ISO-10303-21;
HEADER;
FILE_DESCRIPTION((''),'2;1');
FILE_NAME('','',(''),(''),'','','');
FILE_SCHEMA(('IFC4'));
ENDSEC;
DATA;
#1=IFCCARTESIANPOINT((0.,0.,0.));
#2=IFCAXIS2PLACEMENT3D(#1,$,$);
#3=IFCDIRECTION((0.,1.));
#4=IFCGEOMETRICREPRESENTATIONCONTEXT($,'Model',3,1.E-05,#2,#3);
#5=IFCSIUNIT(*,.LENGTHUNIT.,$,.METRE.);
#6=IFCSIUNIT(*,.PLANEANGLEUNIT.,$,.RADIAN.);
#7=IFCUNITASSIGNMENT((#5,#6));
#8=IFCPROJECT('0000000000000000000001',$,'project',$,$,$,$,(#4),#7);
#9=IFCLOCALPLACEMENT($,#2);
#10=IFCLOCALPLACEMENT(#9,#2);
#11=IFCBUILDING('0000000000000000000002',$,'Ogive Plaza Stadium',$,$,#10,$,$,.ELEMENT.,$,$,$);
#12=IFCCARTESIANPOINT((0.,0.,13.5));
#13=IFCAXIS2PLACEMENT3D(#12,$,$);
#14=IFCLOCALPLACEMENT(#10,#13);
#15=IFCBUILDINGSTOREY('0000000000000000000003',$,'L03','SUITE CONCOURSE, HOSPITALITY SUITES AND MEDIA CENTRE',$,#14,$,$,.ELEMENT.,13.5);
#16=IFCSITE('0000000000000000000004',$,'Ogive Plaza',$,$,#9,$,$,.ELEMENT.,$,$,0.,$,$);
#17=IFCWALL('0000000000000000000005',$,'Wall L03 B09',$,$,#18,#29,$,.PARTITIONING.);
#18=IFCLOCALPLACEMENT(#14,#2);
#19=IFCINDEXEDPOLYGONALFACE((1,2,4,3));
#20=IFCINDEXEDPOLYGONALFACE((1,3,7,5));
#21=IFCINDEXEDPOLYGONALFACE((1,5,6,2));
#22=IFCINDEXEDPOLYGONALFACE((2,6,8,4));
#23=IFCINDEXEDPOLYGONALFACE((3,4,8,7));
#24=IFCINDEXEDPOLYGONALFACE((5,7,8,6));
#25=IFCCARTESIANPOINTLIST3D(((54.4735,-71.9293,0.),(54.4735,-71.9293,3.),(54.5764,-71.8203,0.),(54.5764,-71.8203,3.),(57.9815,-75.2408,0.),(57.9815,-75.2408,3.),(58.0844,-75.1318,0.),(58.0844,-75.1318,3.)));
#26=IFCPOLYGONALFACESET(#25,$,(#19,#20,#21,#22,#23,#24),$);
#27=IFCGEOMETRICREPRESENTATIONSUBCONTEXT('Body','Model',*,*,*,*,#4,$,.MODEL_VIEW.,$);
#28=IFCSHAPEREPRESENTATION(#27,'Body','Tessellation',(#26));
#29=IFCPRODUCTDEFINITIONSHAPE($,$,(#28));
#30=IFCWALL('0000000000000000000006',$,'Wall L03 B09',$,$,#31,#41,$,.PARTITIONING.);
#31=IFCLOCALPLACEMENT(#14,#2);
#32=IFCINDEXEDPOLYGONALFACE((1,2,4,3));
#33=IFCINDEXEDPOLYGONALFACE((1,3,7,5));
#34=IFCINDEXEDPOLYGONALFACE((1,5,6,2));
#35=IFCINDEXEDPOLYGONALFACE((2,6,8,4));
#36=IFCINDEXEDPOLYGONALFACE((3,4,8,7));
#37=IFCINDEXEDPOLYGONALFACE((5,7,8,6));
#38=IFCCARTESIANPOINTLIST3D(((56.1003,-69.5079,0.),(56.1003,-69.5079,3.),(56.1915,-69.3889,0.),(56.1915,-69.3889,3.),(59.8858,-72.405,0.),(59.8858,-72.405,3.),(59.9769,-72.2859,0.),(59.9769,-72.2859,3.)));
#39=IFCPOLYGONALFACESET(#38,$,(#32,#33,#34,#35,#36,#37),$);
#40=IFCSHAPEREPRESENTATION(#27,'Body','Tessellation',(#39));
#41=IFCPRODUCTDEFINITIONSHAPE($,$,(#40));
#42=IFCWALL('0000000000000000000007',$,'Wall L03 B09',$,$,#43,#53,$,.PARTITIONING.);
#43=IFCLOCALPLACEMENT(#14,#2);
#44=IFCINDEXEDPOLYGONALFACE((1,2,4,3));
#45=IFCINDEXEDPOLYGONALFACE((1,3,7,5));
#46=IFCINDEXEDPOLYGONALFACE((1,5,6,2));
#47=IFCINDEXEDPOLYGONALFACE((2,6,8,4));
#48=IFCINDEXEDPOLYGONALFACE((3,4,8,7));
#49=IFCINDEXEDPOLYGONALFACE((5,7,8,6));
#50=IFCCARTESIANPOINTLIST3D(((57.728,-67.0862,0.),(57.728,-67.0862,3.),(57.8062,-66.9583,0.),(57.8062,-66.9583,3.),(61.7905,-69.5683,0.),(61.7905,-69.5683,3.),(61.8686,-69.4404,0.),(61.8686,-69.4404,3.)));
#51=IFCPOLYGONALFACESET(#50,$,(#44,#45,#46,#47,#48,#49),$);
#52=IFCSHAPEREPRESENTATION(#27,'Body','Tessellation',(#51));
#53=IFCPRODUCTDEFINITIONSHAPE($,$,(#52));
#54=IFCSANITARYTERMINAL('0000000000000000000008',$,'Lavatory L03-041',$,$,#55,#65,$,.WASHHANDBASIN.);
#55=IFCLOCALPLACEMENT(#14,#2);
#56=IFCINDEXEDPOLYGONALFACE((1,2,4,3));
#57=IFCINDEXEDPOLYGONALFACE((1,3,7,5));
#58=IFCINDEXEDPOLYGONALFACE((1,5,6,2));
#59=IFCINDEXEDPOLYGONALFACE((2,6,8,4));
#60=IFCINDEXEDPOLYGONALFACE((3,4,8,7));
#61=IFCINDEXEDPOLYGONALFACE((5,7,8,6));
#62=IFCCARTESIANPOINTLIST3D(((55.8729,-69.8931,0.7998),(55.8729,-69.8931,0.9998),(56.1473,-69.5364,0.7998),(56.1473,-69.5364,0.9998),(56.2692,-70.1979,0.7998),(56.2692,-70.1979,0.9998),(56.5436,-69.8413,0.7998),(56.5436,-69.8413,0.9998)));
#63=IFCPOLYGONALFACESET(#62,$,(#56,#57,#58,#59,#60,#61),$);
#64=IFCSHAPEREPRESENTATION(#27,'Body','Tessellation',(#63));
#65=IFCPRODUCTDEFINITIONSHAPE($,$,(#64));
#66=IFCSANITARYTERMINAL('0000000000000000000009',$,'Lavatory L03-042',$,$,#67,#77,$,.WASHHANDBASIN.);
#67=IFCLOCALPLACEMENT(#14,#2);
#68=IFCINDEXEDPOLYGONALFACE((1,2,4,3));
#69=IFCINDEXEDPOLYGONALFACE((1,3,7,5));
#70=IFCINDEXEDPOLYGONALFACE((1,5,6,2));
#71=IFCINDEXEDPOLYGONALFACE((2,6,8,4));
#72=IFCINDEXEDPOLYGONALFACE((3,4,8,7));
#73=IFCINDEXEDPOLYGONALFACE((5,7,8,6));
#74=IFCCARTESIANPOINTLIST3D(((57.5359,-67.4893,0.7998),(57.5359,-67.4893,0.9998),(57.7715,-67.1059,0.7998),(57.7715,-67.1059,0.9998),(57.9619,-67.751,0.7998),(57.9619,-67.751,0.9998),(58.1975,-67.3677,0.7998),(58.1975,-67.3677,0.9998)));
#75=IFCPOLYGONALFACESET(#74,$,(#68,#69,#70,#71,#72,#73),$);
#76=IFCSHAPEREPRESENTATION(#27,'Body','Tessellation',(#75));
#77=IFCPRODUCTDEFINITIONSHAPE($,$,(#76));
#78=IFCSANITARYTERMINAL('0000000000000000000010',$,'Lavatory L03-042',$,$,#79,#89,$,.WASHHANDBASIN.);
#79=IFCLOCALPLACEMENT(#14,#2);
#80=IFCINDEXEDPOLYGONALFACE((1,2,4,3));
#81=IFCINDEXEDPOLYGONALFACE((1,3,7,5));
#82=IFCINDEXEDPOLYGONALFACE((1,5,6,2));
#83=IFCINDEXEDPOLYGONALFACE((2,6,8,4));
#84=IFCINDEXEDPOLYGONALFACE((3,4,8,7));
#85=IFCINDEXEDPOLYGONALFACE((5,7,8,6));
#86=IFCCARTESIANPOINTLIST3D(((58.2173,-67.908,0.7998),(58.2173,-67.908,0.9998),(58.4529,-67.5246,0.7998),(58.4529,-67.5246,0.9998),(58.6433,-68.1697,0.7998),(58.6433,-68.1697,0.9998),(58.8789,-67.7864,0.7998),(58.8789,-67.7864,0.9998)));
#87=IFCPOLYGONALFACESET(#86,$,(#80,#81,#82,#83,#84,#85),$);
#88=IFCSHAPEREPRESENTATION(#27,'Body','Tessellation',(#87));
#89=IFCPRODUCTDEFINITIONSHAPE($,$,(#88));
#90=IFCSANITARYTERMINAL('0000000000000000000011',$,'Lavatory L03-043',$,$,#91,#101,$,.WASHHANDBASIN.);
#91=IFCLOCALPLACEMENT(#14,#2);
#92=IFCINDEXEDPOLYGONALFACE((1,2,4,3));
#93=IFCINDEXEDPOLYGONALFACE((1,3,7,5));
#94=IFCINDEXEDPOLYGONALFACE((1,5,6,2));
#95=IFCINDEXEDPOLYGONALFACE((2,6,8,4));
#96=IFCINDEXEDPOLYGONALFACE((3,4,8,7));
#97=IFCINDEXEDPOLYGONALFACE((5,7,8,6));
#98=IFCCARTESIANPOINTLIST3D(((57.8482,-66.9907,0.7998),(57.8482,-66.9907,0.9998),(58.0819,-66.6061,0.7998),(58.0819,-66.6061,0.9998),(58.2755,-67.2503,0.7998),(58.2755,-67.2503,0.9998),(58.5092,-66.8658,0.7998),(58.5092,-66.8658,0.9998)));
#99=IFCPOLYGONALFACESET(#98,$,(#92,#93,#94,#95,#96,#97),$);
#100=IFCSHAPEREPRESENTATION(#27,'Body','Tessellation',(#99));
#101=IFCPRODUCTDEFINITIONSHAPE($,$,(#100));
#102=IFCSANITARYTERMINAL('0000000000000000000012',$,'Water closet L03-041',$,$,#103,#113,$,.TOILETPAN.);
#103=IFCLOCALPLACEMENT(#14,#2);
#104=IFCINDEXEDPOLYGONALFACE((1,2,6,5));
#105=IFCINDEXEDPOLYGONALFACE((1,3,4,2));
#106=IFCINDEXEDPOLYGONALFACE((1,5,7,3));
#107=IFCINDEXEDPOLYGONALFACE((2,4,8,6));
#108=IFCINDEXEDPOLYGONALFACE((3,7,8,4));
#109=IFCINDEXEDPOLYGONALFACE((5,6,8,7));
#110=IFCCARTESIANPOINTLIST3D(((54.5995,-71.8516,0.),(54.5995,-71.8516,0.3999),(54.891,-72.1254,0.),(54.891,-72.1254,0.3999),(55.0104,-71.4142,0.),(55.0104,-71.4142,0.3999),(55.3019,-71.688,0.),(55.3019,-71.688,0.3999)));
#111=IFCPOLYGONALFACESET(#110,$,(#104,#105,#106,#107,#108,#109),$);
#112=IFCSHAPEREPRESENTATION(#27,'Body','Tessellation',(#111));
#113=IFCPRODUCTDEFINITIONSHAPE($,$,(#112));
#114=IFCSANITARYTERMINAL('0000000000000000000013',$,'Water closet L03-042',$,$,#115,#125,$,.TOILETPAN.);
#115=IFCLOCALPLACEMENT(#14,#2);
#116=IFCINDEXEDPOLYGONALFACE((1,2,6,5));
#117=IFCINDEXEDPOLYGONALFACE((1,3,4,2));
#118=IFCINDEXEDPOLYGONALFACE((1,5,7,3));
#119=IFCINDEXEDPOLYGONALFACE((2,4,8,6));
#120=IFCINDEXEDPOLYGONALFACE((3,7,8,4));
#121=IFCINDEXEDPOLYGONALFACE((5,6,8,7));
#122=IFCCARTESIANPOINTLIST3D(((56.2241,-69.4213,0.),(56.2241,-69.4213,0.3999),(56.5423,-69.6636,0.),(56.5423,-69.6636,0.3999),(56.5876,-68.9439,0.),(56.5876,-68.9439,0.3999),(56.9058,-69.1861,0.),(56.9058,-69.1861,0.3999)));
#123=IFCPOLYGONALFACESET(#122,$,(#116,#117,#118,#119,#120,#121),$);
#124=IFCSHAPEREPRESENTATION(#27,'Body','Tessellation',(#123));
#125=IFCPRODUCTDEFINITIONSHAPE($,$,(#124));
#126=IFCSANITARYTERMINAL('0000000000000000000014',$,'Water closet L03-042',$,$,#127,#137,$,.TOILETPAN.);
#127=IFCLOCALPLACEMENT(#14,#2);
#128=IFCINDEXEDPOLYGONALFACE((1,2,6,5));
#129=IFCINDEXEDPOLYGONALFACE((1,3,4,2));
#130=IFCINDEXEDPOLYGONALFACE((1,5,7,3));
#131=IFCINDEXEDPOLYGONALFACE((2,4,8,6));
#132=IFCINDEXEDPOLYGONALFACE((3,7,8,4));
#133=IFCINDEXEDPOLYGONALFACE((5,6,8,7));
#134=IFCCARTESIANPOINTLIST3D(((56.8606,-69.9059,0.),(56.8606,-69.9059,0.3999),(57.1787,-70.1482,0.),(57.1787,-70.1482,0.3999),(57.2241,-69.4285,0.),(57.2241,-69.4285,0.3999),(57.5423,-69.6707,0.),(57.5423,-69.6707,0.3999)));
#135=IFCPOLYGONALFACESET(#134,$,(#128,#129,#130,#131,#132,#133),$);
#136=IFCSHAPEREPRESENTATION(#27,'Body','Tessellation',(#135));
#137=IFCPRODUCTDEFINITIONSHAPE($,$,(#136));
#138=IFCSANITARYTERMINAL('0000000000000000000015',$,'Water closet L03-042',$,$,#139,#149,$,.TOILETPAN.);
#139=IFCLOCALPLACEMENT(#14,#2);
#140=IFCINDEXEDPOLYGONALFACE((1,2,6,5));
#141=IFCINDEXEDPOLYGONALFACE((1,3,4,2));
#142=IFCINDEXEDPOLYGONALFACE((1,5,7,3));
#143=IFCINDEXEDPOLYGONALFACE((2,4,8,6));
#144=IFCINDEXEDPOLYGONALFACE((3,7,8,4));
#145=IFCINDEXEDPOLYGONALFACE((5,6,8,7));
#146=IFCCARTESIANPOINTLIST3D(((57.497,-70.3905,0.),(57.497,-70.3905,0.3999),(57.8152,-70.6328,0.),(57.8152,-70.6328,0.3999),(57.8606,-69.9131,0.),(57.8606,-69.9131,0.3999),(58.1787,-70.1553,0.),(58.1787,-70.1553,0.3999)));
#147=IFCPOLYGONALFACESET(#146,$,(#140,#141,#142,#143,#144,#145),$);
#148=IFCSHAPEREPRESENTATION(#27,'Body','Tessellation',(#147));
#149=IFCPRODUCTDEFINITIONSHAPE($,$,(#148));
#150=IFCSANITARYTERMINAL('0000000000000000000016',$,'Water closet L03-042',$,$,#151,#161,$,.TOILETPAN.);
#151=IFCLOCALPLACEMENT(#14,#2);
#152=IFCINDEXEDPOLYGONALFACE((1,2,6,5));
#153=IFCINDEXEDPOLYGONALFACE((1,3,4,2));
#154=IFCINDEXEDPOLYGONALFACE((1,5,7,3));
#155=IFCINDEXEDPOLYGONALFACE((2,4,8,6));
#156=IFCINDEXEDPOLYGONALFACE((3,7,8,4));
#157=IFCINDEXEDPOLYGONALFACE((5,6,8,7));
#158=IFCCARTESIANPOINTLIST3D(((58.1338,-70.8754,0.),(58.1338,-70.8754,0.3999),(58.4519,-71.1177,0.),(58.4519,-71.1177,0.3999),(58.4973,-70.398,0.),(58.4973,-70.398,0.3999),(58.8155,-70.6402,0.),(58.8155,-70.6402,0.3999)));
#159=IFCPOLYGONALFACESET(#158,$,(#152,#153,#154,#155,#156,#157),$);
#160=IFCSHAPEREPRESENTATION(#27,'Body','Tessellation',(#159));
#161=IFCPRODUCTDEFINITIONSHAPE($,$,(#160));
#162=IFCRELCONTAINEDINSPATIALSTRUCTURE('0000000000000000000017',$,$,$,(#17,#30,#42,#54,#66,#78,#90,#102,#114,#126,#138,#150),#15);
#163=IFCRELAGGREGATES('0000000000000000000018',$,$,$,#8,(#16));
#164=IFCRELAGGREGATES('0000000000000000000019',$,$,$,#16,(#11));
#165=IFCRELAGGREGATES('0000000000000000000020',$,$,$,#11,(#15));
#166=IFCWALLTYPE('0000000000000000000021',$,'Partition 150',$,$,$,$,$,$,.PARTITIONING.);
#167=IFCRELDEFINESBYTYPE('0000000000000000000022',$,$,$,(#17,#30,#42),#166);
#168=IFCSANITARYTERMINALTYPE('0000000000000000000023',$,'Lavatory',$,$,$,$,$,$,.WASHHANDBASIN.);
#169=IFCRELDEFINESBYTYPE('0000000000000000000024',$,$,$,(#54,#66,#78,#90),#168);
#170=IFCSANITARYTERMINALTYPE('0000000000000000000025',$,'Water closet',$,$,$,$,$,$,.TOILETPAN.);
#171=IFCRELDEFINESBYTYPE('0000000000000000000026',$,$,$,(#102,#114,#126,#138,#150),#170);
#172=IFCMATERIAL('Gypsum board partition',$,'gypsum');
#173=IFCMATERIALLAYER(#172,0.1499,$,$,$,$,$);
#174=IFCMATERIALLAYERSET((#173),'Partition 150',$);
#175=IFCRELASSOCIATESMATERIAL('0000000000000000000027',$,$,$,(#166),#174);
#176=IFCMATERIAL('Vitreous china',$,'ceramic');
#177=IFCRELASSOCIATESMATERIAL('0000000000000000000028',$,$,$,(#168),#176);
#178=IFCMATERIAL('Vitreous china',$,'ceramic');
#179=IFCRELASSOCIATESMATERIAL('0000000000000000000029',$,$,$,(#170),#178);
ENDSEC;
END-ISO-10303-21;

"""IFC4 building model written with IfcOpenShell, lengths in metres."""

from ifc_helpers import new_model, si_unit, direction, frame, frame_2d, origin, origin_2d, place, context, subcontext, project, spatial, rectangle, extrude, material, layer, layer_set, type_object, element, save


model = new_model("IFC4")

# Units and contexts
model_context = context("Model", 3, precision=1e-05, world=origin(), true_north=direction((0.0, 1.0)))
body_context = subcontext(model_context, "Body", "Model", "MODEL_VIEW")
ifc_project = project(units=[si_unit("LENGTHUNIT", "METRE"), si_unit("PLANEANGLEUNIT", "RADIAN")], contexts=[model_context])

# Site, building, storey
site_placement = place(None, origin())
site = spatial("IfcSite", under=ifc_project, at=site_placement, Name="Ogive Plaza", CompositionType="ELEMENT", RefElevation=0.0)
building_placement = place(site_placement, origin())
building = spatial("IfcBuilding", under=site, at=building_placement, Name="Ogive Plaza Stadium", CompositionType="ELEMENT")
storey_placement = place(building_placement, frame((0.0, 0.0, 13.5)))
storey = spatial("IfcBuildingStorey", under=building, at=storey_placement, Name="L03", Description="SUITE CONCOURSE, HOSPITALITY SUITES AND MEDIA CENTRE", CompositionType="ELEMENT", Elevation=13.5)

# Walls
ifc_material_1 = material(Name="Gypsum board partition", Category="gypsum")
ifc_layer_1 = layer(ifc_material_1, 0.1499)
ifc_layer_set_1 = layer_set([ifc_layer_1], Name="Partition 150")
wall_type = type_object("IfcWallType", Name="Partition 150", PredefinedType="PARTITIONING", material=ifc_layer_set_1)
wall_1_placement = place(storey_placement, frame((54.5249, -71.8748, 0.0), z_axis=(0.0, 0.0, 1.0), x_axis=(0.727183, -0.686444, 0.0)))
element("IfcWall", 1, at=wall_1_placement, inside=storey, type_object=wall_type, Name="Wall L03 B09", PredefinedType="PARTITIONING", context=body_context, shape_type="SweptSolid", body=[
    extrude(rectangle(XDim=4.8242, YDim=0.1499, at=frame_2d((2.4121, 0.0))), origin(), (0.0, 0.0, 1.0), 3.0),
])
wall_2_placement = place(storey_placement, frame((56.146, -69.4485, 0.0), z_axis=(0.0, 0.0, 1.0), x_axis=(0.79413, -0.607749, 0.0)))
element("IfcWall", 2, at=wall_2_placement, inside=storey, type_object=wall_type, Name="Wall L03 B09", PredefinedType="PARTITIONING", context=body_context, shape_type="SweptSolid", body=[
    extrude(rectangle(XDim=4.7668, YDim=0.1499, at=frame_2d((2.3833, 0.0))), origin(), (0.0, 0.0, 1.0), 3.0),
])
wall_3_placement = place(storey_placement, frame((57.7671, -67.0222, 0.0), z_axis=(0.0, 0.0, 1.0), x_axis=(0.853325, -0.521379, 0.0)))
element("IfcWall", 3, at=wall_3_placement, inside=storey, type_object=wall_type, Name="Wall L03 B09", PredefinedType="PARTITIONING", context=body_context, shape_type="SweptSolid", body=[
    extrude(rectangle(XDim=4.7607, YDim=0.1499, at=frame_2d((2.3804, 0.0))), origin(), (0.0, 0.0, 1.0), 3.0),
])

# Sanitary terminals
ifc_material_2 = material(Name="Vitreous china", Category="ceramic")
sanitary_terminal_type_1 = type_object("IfcSanitaryTerminalType", Name="Lavatory", PredefinedType="WASHHANDBASIN", material=ifc_material_2)
for number, where, z_axis, x_axis, name in (
    (4, (56.2083, -69.8672, 0.7998), (0.0, 0.0, 1.0), (0.792623, -0.609712, 0.0), "Lavatory L03-041"),
    (5, (57.8667, -67.4285, 0.7998), (0.0, 0.0, 1.0), (0.852021, -0.523507, 0.0), "Lavatory L03-042"),
    (6, (58.5481, -67.8472, 0.7998), (0.0, 0.0, 1.0), (0.852021, -0.523507, 0.0), "Lavatory L03-042"),
    (7, (58.1787, -66.9282, 0.7998), (0.0, 0.0, 1.0), (0.854607, -0.519276, 0.0), "Lavatory L03-043"),
):
    element("IfcSanitaryTerminal", number, at=place(storey_placement, frame(where, z_axis=z_axis, x_axis=x_axis)), inside=storey, type_object=sanitary_terminal_type_1, Name=name, PredefinedType="WASHHANDBASIN", context=body_context, shape_type="SweptSolid", body=[
        extrude(rectangle(XDim=0.5, YDim=0.45, at=origin_2d()), origin(), (0.0, 0.0, 1.0), 0.2),
    ])
ifc_material_3 = material(Name="Vitreous china", Category="ceramic")
sanitary_terminal_type_2 = type_object("IfcSanitaryTerminalType", Name="Water closet", PredefinedType="TOILETPAN", material=ifc_material_3)
for number, where, z_axis, x_axis, name in (
    (8, (54.9507, -71.7698, 0.0), (0.0, 0.0, 1.0), (0.728842, -0.684682, 0.0), "Water closet L03-041"),
    (9, (56.5649, -69.3037, 0.0), (0.0, 0.0, 1.0), (0.795628, -0.605786, 0.0), "Water closet L03-042"),
    (10, (57.2014, -69.7883, 0.0), (0.0, 0.0, 1.0), (0.795628, -0.605786, 0.0), "Water closet L03-042"),
    (11, (57.8379, -70.2729, 0.0), (0.0, 0.0, 1.0), (0.795628, -0.605786, 0.0), "Water closet L03-042"),
    (12, (58.4746, -70.7578, 0.0), (0.0, 0.0, 1.0), (0.795628, -0.605786, 0.0), "Water closet L03-042"),
):
    element("IfcSanitaryTerminal", number, at=place(storey_placement, frame(where, z_axis=z_axis, x_axis=x_axis)), inside=storey, type_object=sanitary_terminal_type_2, Name=name, PredefinedType="TOILETPAN", context=body_context, shape_type="SweptSolid", body=[
        extrude(rectangle(XDim=0.3999, YDim=0.6001, at=origin_2d()), origin(), (0.0, 0.0, 1.0), 0.3999),
    ])

save(model, "model.ifc")
